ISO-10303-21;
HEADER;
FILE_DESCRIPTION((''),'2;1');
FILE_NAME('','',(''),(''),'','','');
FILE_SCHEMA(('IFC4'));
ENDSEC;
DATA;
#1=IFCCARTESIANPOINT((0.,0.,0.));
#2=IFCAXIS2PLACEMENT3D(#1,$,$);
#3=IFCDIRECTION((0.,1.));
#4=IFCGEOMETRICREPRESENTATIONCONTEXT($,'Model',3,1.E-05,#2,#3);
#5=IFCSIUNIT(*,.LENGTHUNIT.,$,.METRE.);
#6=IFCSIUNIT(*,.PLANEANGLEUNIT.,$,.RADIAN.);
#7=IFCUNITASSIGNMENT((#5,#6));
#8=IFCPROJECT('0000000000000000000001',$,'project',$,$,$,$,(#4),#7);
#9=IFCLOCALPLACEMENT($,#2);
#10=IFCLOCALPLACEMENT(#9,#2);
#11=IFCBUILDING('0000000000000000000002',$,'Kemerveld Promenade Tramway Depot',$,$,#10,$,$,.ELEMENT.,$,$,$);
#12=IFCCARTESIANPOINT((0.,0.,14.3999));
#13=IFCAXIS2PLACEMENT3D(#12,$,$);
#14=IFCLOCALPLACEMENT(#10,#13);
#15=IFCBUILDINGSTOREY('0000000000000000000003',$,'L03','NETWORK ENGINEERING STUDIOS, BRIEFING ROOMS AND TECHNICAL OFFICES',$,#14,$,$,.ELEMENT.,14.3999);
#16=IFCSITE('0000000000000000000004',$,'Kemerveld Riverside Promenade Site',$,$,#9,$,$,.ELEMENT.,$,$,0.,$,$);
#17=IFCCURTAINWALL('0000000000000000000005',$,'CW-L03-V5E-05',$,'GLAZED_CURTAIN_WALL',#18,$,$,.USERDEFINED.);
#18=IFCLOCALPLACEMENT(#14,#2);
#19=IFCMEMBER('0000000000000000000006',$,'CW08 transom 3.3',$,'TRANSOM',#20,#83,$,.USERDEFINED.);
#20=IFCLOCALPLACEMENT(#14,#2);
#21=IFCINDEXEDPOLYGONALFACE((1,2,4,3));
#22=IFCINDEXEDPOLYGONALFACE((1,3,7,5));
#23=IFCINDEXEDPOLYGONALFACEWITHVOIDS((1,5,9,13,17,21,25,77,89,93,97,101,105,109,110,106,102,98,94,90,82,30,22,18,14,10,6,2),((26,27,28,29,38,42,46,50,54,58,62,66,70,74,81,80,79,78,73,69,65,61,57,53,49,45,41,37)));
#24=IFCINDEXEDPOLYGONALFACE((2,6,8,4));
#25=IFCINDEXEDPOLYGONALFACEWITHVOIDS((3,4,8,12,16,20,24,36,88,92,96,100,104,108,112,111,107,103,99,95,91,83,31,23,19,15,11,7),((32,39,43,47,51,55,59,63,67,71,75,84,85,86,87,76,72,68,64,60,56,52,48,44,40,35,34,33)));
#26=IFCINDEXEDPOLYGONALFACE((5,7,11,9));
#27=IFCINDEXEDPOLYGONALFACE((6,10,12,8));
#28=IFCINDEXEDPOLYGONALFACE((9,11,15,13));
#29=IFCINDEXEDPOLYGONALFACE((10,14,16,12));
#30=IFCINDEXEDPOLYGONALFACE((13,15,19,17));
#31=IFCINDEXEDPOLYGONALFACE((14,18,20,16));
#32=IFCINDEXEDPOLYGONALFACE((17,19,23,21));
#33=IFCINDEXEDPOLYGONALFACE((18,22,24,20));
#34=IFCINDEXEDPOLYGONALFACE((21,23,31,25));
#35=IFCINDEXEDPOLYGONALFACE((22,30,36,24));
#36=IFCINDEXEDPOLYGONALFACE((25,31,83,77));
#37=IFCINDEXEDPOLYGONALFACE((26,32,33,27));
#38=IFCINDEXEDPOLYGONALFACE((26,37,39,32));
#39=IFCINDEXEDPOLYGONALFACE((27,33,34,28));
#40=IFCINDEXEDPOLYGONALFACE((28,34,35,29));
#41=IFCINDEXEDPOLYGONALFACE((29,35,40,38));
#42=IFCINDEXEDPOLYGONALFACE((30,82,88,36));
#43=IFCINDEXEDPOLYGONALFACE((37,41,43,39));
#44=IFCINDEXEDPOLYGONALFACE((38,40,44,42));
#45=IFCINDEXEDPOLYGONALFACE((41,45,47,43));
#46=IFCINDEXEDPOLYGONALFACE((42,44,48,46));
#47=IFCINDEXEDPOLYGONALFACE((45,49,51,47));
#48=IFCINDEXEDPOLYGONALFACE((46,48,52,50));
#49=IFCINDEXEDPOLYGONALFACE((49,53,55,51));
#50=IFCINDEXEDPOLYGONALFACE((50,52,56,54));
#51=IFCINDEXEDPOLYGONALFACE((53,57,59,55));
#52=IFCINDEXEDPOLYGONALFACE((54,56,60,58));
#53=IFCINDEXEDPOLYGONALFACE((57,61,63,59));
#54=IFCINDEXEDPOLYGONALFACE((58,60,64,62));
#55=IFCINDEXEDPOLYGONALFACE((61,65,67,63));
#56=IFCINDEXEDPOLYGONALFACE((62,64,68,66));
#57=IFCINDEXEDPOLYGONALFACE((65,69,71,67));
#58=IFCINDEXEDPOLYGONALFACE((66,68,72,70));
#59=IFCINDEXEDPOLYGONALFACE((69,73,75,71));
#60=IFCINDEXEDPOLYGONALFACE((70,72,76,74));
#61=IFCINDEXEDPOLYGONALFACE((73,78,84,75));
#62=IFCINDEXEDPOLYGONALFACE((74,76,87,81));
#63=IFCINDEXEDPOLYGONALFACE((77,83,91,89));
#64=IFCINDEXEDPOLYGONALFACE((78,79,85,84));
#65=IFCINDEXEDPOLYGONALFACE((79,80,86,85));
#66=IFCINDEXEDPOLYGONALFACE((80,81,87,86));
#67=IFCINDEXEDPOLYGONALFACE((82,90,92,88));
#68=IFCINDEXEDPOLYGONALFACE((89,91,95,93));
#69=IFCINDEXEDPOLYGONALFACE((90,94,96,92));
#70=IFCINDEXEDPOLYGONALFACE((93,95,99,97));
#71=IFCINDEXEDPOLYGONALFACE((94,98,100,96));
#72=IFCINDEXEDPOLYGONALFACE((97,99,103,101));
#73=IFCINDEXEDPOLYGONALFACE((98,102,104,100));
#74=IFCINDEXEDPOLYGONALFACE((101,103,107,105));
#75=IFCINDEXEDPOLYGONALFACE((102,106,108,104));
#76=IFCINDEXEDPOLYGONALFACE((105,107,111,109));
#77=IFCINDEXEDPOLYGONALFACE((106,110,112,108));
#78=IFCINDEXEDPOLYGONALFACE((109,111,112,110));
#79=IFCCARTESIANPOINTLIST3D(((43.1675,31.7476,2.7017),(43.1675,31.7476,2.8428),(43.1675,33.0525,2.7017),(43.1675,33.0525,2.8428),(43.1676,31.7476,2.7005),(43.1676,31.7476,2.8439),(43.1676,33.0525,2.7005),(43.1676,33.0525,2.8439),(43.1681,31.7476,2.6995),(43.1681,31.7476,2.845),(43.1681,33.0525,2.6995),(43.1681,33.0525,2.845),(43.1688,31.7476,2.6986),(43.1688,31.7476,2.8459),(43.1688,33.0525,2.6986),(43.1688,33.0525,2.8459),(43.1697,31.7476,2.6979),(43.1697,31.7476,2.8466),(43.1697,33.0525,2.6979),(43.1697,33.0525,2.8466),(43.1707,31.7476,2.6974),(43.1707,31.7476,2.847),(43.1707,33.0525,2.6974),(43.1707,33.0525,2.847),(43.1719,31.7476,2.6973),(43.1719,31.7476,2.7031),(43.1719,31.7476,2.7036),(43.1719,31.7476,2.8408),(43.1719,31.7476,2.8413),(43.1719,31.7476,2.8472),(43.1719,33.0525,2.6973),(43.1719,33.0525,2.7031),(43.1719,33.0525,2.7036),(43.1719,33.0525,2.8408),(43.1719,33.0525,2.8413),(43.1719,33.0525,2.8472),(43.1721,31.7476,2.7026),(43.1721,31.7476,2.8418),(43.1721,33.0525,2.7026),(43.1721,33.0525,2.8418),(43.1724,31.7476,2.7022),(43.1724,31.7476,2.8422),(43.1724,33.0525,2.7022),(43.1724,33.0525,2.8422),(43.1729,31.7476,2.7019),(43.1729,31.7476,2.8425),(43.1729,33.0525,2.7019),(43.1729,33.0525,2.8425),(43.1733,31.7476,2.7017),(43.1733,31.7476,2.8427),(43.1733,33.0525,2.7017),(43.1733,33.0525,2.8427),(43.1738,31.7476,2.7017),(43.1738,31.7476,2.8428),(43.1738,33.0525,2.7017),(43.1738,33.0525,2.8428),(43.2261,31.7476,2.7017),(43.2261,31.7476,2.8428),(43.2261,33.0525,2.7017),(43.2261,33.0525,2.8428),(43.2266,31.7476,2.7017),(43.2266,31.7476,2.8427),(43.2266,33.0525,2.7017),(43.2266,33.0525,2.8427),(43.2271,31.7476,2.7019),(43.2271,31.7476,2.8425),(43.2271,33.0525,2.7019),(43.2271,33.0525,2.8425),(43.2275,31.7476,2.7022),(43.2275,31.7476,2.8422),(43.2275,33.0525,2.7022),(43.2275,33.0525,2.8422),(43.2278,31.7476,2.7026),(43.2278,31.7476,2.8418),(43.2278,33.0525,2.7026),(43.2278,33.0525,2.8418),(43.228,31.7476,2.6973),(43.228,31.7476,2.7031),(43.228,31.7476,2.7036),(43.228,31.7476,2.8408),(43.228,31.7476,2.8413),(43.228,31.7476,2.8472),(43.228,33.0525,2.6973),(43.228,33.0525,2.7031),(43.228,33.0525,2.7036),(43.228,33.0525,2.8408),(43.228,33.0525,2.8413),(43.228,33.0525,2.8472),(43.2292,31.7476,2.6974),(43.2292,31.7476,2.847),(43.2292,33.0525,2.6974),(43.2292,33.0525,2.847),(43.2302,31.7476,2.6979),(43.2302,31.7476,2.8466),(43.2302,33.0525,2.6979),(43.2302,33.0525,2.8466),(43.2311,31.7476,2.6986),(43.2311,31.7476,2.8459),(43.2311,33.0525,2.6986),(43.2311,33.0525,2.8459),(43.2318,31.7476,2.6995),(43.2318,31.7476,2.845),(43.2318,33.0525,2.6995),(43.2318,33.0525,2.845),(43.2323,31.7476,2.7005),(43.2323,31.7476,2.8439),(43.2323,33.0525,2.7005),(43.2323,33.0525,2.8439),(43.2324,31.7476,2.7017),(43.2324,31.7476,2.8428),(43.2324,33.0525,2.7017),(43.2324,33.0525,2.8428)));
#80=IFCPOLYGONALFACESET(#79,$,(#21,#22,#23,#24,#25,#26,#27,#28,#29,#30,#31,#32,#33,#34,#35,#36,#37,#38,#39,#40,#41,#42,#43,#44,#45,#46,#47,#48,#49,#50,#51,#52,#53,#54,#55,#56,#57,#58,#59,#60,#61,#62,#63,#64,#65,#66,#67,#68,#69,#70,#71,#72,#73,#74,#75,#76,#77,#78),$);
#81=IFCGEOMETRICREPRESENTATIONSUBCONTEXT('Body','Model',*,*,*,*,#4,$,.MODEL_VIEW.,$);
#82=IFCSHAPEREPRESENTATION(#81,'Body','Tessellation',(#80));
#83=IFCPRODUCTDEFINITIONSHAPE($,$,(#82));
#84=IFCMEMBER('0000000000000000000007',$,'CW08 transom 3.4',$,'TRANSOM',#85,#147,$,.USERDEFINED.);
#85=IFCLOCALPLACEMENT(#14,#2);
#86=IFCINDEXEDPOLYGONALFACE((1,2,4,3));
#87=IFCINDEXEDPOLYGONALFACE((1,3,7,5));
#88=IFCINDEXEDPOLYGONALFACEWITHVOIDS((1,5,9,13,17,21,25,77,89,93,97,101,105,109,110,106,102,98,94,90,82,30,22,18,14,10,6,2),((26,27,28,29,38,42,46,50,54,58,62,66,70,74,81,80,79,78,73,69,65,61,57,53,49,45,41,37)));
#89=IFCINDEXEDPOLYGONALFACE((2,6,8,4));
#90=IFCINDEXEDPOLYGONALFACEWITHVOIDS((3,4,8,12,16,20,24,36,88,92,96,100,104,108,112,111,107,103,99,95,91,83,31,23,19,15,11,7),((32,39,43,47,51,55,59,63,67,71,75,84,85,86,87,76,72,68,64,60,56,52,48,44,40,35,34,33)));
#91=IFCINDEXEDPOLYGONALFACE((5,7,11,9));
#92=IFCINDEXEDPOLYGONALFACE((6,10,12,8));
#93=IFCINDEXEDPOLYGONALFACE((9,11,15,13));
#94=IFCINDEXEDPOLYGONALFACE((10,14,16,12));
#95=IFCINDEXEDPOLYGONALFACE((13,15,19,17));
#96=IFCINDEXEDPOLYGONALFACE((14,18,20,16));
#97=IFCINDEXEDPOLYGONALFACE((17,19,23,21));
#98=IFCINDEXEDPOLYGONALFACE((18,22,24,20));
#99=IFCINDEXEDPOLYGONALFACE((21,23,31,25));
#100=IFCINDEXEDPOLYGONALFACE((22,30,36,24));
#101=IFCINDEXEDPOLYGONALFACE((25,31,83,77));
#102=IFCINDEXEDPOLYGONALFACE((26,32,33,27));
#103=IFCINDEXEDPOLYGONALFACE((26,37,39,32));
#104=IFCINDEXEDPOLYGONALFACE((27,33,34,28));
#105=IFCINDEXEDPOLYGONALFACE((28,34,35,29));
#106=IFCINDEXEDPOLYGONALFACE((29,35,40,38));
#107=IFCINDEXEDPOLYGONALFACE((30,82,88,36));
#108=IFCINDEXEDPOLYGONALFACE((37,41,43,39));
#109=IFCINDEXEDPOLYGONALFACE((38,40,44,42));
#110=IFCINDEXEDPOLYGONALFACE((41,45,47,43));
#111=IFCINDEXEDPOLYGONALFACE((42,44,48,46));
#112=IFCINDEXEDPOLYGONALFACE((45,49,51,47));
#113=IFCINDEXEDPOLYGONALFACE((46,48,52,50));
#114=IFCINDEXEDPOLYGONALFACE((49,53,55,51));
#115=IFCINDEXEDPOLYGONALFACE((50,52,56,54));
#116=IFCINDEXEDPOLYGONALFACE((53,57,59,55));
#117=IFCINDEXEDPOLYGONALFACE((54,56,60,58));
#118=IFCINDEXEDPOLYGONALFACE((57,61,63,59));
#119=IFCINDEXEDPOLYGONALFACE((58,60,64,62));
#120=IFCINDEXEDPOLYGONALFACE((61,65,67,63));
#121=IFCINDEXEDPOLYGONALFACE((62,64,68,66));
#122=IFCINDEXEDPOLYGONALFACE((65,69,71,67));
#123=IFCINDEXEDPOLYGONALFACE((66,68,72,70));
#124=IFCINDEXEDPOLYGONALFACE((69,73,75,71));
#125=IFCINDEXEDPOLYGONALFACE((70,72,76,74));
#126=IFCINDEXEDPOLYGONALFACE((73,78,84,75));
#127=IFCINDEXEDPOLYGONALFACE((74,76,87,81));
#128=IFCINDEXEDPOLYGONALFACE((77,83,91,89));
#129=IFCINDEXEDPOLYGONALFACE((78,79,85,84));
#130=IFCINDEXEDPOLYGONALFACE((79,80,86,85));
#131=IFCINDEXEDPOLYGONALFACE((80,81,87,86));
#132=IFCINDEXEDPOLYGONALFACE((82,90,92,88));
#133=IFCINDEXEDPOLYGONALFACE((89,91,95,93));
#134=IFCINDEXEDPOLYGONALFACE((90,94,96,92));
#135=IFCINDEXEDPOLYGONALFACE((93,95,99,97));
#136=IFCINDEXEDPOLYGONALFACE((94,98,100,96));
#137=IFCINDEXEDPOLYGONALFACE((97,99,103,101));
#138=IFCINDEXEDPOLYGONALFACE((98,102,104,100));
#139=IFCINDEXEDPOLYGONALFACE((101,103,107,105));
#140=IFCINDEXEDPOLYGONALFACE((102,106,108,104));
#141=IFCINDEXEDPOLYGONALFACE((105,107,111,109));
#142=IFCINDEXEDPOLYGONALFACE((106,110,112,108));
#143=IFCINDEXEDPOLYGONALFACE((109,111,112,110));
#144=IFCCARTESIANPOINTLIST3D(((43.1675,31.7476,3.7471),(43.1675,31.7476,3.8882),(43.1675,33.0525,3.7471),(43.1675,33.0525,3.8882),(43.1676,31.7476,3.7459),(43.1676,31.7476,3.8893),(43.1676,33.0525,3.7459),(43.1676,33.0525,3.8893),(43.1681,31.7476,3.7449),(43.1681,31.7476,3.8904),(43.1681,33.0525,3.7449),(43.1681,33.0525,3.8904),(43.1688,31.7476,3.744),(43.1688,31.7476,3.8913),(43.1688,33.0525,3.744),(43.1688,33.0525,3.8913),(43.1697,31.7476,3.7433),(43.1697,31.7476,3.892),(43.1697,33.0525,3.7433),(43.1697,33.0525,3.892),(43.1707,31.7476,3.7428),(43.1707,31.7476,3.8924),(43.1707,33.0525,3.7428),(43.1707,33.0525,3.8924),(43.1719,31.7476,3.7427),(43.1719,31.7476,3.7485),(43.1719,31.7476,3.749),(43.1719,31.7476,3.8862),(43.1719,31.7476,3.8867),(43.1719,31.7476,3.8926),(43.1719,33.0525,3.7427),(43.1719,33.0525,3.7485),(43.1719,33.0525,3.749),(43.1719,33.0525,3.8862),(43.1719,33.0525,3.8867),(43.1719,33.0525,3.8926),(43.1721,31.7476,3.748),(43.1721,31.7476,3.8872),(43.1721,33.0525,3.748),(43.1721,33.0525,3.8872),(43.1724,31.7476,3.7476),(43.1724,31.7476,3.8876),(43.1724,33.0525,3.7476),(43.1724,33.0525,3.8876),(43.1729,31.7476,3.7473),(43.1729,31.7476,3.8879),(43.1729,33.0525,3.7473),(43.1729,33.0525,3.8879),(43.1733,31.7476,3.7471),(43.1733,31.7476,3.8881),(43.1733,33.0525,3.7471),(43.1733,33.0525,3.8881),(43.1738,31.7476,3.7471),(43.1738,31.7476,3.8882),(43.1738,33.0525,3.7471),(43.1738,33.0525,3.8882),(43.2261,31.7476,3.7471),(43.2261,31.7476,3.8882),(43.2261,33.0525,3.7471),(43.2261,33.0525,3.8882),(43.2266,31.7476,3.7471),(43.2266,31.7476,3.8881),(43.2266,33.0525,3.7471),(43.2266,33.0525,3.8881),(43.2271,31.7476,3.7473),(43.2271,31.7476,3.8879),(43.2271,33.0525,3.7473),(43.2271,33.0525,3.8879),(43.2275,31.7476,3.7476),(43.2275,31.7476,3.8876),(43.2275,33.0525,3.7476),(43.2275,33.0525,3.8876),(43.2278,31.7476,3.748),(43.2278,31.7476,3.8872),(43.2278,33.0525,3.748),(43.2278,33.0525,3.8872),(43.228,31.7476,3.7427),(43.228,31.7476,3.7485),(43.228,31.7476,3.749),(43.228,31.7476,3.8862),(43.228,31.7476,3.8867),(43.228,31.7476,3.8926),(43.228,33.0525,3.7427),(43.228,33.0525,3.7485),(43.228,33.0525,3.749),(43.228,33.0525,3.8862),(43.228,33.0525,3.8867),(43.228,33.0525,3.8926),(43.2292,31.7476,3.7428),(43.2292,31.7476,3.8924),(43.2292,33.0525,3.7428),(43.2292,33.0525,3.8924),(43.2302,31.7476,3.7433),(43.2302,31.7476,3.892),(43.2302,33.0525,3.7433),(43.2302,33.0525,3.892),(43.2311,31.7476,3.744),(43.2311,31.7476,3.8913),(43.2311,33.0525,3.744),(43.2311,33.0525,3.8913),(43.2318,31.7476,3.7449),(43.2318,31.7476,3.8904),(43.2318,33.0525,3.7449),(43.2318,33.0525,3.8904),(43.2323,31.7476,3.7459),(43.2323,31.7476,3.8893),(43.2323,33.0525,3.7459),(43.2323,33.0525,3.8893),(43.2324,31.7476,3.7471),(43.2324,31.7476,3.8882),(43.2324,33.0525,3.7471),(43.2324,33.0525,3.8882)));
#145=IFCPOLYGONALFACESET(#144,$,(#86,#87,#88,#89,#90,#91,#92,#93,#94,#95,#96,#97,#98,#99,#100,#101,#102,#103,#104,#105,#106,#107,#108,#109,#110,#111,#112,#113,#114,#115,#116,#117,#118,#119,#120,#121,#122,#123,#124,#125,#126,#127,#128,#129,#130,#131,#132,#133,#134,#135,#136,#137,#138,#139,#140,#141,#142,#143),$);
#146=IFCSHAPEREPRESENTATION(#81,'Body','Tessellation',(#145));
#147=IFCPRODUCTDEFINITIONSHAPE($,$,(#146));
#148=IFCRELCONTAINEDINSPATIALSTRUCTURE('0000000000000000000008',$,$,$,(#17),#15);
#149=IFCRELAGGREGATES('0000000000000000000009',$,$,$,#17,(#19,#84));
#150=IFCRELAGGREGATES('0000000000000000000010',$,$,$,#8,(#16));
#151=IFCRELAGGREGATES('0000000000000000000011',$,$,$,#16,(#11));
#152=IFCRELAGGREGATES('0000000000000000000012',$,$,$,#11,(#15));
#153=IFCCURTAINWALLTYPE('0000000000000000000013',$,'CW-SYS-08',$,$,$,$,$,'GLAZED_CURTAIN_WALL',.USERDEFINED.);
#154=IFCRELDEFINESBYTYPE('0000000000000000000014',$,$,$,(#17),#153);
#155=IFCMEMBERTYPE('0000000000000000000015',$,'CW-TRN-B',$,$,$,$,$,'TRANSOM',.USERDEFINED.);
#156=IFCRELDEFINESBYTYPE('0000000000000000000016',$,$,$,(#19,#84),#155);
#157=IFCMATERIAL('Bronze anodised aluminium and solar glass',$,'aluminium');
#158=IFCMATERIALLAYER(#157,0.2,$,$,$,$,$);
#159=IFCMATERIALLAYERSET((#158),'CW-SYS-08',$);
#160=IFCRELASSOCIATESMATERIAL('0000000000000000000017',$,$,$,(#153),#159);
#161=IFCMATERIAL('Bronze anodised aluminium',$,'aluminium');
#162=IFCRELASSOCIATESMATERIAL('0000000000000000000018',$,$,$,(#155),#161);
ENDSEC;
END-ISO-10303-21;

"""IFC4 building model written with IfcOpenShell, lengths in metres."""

from ifc_helpers import new_model, si_unit, direction, frame, origin, origin_2d, place, context, subcontext, project, spatial, hollow_rectangle, extrude, material, layer, layer_set, material_profile, profile_set, type_object, element, aggregate, save


model = new_model("IFC4")

# Units and contexts
model_context = context("Model", 3, precision=1e-05, world=origin(), true_north=direction((0.0, 1.0)))
body_context = subcontext(model_context, "Body", "Model", "MODEL_VIEW")
ifc_project = project(units=[si_unit("LENGTHUNIT", "METRE"), si_unit("PLANEANGLEUNIT", "RADIAN")], contexts=[model_context])

# Site, building, storey
site_placement = place(None, origin())
site = spatial("IfcSite", under=ifc_project, at=site_placement, Name="Kemerveld Riverside Promenade Site", CompositionType="ELEMENT", RefElevation=0.0)
building_placement = place(site_placement, origin())
building = spatial("IfcBuilding", under=site, at=building_placement, Name="Kemerveld Promenade Tramway Depot", CompositionType="ELEMENT")
storey_placement = place(building_placement, frame((0.0, 0.0, 14.3999)))
storey = spatial("IfcBuildingStorey", under=building, at=storey_placement, Name="L03", Description="NETWORK ENGINEERING STUDIOS, BRIEFING ROOMS AND TECHNICAL OFFICES", CompositionType="ELEMENT", Elevation=14.3999)

# Curtain wall, members
ifc_material_1 = material(Name="Bronze anodised aluminium and solar glass", Category="aluminium")
ifc_layer_1 = layer(ifc_material_1, 0.2)
ifc_layer_set_1 = layer_set([ifc_layer_1], Name="CW-SYS-08")
curtain_wall_type = type_object("IfcCurtainWallType", Name="CW-SYS-08", ElementType="GLAZED_CURTAIN_WALL", PredefinedType="USERDEFINED", material=ifc_layer_set_1)
curtain_wall_placement = place(storey_placement, origin())
curtain_wall = element("IfcCurtainWall", 1, at=curtain_wall_placement, inside=storey, type_object=curtain_wall_type, Name="CW-L03-V5E-05", ObjectType="GLAZED_CURTAIN_WALL", PredefinedType="USERDEFINED")
ifc_material_2 = material(Name="Bronze anodised aluminium", Category="aluminium")
ifc_material_profile_1 = material_profile(ifc_material_2, hollow_rectangle(XDim=0.0649, YDim=0.1499, WallThickness=0.0044, InnerFilletRadius=0.002, OuterFilletRadius=0.0044, at=origin_2d()), Name="CW-TRN-150x65")
ifc_profile_set_1 = profile_set([ifc_material_profile_1], Name="Bronze anodised aluminium")
member_type_1 = type_object("IfcMemberType", Name="CW-TRN-B", ElementType="TRANSOM", PredefinedType="USERDEFINED", material=ifc_profile_set_1)
member_1_placement = place(storey_placement, frame((43.2, 33.0525, 2.7722), z_axis=(0.0, -1.0, 0.0), x_axis=(1.0, 0.0, 0.0)))
member_1 = element("IfcMember", 2, at=member_1_placement, type_object=member_type_1, Name="CW08 transom 3.3", ObjectType="TRANSOM", PredefinedType="USERDEFINED", context=body_context, shape_type="SweptSolid", body=[
    extrude(hollow_rectangle(XDim=0.0649, YDim=0.1499, WallThickness=0.0044, InnerFilletRadius=0.002, OuterFilletRadius=0.0044, at=origin_2d()), origin(), (0.0, 0.0, 1.0), 1.3049),
])
member_2_placement = place(storey_placement, frame((43.2, 33.0525, 3.8176), z_axis=(0.0, -1.0, 0.0), x_axis=(1.0, 0.0, 0.0)))
member_2 = element("IfcMember", 3, at=member_2_placement, type_object=member_type_1, Name="CW08 transom 3.4", ObjectType="TRANSOM", PredefinedType="USERDEFINED", context=body_context, shape_type="SweptSolid", body=[
    extrude(hollow_rectangle(XDim=0.0649, YDim=0.1499, WallThickness=0.0044, InnerFilletRadius=0.002, OuterFilletRadius=0.0044, at=origin_2d()), origin(), (0.0, 0.0, 1.0), 1.3049),
])
aggregate(curtain_wall, [member_1, member_2])

save(model, "model.ifc")
